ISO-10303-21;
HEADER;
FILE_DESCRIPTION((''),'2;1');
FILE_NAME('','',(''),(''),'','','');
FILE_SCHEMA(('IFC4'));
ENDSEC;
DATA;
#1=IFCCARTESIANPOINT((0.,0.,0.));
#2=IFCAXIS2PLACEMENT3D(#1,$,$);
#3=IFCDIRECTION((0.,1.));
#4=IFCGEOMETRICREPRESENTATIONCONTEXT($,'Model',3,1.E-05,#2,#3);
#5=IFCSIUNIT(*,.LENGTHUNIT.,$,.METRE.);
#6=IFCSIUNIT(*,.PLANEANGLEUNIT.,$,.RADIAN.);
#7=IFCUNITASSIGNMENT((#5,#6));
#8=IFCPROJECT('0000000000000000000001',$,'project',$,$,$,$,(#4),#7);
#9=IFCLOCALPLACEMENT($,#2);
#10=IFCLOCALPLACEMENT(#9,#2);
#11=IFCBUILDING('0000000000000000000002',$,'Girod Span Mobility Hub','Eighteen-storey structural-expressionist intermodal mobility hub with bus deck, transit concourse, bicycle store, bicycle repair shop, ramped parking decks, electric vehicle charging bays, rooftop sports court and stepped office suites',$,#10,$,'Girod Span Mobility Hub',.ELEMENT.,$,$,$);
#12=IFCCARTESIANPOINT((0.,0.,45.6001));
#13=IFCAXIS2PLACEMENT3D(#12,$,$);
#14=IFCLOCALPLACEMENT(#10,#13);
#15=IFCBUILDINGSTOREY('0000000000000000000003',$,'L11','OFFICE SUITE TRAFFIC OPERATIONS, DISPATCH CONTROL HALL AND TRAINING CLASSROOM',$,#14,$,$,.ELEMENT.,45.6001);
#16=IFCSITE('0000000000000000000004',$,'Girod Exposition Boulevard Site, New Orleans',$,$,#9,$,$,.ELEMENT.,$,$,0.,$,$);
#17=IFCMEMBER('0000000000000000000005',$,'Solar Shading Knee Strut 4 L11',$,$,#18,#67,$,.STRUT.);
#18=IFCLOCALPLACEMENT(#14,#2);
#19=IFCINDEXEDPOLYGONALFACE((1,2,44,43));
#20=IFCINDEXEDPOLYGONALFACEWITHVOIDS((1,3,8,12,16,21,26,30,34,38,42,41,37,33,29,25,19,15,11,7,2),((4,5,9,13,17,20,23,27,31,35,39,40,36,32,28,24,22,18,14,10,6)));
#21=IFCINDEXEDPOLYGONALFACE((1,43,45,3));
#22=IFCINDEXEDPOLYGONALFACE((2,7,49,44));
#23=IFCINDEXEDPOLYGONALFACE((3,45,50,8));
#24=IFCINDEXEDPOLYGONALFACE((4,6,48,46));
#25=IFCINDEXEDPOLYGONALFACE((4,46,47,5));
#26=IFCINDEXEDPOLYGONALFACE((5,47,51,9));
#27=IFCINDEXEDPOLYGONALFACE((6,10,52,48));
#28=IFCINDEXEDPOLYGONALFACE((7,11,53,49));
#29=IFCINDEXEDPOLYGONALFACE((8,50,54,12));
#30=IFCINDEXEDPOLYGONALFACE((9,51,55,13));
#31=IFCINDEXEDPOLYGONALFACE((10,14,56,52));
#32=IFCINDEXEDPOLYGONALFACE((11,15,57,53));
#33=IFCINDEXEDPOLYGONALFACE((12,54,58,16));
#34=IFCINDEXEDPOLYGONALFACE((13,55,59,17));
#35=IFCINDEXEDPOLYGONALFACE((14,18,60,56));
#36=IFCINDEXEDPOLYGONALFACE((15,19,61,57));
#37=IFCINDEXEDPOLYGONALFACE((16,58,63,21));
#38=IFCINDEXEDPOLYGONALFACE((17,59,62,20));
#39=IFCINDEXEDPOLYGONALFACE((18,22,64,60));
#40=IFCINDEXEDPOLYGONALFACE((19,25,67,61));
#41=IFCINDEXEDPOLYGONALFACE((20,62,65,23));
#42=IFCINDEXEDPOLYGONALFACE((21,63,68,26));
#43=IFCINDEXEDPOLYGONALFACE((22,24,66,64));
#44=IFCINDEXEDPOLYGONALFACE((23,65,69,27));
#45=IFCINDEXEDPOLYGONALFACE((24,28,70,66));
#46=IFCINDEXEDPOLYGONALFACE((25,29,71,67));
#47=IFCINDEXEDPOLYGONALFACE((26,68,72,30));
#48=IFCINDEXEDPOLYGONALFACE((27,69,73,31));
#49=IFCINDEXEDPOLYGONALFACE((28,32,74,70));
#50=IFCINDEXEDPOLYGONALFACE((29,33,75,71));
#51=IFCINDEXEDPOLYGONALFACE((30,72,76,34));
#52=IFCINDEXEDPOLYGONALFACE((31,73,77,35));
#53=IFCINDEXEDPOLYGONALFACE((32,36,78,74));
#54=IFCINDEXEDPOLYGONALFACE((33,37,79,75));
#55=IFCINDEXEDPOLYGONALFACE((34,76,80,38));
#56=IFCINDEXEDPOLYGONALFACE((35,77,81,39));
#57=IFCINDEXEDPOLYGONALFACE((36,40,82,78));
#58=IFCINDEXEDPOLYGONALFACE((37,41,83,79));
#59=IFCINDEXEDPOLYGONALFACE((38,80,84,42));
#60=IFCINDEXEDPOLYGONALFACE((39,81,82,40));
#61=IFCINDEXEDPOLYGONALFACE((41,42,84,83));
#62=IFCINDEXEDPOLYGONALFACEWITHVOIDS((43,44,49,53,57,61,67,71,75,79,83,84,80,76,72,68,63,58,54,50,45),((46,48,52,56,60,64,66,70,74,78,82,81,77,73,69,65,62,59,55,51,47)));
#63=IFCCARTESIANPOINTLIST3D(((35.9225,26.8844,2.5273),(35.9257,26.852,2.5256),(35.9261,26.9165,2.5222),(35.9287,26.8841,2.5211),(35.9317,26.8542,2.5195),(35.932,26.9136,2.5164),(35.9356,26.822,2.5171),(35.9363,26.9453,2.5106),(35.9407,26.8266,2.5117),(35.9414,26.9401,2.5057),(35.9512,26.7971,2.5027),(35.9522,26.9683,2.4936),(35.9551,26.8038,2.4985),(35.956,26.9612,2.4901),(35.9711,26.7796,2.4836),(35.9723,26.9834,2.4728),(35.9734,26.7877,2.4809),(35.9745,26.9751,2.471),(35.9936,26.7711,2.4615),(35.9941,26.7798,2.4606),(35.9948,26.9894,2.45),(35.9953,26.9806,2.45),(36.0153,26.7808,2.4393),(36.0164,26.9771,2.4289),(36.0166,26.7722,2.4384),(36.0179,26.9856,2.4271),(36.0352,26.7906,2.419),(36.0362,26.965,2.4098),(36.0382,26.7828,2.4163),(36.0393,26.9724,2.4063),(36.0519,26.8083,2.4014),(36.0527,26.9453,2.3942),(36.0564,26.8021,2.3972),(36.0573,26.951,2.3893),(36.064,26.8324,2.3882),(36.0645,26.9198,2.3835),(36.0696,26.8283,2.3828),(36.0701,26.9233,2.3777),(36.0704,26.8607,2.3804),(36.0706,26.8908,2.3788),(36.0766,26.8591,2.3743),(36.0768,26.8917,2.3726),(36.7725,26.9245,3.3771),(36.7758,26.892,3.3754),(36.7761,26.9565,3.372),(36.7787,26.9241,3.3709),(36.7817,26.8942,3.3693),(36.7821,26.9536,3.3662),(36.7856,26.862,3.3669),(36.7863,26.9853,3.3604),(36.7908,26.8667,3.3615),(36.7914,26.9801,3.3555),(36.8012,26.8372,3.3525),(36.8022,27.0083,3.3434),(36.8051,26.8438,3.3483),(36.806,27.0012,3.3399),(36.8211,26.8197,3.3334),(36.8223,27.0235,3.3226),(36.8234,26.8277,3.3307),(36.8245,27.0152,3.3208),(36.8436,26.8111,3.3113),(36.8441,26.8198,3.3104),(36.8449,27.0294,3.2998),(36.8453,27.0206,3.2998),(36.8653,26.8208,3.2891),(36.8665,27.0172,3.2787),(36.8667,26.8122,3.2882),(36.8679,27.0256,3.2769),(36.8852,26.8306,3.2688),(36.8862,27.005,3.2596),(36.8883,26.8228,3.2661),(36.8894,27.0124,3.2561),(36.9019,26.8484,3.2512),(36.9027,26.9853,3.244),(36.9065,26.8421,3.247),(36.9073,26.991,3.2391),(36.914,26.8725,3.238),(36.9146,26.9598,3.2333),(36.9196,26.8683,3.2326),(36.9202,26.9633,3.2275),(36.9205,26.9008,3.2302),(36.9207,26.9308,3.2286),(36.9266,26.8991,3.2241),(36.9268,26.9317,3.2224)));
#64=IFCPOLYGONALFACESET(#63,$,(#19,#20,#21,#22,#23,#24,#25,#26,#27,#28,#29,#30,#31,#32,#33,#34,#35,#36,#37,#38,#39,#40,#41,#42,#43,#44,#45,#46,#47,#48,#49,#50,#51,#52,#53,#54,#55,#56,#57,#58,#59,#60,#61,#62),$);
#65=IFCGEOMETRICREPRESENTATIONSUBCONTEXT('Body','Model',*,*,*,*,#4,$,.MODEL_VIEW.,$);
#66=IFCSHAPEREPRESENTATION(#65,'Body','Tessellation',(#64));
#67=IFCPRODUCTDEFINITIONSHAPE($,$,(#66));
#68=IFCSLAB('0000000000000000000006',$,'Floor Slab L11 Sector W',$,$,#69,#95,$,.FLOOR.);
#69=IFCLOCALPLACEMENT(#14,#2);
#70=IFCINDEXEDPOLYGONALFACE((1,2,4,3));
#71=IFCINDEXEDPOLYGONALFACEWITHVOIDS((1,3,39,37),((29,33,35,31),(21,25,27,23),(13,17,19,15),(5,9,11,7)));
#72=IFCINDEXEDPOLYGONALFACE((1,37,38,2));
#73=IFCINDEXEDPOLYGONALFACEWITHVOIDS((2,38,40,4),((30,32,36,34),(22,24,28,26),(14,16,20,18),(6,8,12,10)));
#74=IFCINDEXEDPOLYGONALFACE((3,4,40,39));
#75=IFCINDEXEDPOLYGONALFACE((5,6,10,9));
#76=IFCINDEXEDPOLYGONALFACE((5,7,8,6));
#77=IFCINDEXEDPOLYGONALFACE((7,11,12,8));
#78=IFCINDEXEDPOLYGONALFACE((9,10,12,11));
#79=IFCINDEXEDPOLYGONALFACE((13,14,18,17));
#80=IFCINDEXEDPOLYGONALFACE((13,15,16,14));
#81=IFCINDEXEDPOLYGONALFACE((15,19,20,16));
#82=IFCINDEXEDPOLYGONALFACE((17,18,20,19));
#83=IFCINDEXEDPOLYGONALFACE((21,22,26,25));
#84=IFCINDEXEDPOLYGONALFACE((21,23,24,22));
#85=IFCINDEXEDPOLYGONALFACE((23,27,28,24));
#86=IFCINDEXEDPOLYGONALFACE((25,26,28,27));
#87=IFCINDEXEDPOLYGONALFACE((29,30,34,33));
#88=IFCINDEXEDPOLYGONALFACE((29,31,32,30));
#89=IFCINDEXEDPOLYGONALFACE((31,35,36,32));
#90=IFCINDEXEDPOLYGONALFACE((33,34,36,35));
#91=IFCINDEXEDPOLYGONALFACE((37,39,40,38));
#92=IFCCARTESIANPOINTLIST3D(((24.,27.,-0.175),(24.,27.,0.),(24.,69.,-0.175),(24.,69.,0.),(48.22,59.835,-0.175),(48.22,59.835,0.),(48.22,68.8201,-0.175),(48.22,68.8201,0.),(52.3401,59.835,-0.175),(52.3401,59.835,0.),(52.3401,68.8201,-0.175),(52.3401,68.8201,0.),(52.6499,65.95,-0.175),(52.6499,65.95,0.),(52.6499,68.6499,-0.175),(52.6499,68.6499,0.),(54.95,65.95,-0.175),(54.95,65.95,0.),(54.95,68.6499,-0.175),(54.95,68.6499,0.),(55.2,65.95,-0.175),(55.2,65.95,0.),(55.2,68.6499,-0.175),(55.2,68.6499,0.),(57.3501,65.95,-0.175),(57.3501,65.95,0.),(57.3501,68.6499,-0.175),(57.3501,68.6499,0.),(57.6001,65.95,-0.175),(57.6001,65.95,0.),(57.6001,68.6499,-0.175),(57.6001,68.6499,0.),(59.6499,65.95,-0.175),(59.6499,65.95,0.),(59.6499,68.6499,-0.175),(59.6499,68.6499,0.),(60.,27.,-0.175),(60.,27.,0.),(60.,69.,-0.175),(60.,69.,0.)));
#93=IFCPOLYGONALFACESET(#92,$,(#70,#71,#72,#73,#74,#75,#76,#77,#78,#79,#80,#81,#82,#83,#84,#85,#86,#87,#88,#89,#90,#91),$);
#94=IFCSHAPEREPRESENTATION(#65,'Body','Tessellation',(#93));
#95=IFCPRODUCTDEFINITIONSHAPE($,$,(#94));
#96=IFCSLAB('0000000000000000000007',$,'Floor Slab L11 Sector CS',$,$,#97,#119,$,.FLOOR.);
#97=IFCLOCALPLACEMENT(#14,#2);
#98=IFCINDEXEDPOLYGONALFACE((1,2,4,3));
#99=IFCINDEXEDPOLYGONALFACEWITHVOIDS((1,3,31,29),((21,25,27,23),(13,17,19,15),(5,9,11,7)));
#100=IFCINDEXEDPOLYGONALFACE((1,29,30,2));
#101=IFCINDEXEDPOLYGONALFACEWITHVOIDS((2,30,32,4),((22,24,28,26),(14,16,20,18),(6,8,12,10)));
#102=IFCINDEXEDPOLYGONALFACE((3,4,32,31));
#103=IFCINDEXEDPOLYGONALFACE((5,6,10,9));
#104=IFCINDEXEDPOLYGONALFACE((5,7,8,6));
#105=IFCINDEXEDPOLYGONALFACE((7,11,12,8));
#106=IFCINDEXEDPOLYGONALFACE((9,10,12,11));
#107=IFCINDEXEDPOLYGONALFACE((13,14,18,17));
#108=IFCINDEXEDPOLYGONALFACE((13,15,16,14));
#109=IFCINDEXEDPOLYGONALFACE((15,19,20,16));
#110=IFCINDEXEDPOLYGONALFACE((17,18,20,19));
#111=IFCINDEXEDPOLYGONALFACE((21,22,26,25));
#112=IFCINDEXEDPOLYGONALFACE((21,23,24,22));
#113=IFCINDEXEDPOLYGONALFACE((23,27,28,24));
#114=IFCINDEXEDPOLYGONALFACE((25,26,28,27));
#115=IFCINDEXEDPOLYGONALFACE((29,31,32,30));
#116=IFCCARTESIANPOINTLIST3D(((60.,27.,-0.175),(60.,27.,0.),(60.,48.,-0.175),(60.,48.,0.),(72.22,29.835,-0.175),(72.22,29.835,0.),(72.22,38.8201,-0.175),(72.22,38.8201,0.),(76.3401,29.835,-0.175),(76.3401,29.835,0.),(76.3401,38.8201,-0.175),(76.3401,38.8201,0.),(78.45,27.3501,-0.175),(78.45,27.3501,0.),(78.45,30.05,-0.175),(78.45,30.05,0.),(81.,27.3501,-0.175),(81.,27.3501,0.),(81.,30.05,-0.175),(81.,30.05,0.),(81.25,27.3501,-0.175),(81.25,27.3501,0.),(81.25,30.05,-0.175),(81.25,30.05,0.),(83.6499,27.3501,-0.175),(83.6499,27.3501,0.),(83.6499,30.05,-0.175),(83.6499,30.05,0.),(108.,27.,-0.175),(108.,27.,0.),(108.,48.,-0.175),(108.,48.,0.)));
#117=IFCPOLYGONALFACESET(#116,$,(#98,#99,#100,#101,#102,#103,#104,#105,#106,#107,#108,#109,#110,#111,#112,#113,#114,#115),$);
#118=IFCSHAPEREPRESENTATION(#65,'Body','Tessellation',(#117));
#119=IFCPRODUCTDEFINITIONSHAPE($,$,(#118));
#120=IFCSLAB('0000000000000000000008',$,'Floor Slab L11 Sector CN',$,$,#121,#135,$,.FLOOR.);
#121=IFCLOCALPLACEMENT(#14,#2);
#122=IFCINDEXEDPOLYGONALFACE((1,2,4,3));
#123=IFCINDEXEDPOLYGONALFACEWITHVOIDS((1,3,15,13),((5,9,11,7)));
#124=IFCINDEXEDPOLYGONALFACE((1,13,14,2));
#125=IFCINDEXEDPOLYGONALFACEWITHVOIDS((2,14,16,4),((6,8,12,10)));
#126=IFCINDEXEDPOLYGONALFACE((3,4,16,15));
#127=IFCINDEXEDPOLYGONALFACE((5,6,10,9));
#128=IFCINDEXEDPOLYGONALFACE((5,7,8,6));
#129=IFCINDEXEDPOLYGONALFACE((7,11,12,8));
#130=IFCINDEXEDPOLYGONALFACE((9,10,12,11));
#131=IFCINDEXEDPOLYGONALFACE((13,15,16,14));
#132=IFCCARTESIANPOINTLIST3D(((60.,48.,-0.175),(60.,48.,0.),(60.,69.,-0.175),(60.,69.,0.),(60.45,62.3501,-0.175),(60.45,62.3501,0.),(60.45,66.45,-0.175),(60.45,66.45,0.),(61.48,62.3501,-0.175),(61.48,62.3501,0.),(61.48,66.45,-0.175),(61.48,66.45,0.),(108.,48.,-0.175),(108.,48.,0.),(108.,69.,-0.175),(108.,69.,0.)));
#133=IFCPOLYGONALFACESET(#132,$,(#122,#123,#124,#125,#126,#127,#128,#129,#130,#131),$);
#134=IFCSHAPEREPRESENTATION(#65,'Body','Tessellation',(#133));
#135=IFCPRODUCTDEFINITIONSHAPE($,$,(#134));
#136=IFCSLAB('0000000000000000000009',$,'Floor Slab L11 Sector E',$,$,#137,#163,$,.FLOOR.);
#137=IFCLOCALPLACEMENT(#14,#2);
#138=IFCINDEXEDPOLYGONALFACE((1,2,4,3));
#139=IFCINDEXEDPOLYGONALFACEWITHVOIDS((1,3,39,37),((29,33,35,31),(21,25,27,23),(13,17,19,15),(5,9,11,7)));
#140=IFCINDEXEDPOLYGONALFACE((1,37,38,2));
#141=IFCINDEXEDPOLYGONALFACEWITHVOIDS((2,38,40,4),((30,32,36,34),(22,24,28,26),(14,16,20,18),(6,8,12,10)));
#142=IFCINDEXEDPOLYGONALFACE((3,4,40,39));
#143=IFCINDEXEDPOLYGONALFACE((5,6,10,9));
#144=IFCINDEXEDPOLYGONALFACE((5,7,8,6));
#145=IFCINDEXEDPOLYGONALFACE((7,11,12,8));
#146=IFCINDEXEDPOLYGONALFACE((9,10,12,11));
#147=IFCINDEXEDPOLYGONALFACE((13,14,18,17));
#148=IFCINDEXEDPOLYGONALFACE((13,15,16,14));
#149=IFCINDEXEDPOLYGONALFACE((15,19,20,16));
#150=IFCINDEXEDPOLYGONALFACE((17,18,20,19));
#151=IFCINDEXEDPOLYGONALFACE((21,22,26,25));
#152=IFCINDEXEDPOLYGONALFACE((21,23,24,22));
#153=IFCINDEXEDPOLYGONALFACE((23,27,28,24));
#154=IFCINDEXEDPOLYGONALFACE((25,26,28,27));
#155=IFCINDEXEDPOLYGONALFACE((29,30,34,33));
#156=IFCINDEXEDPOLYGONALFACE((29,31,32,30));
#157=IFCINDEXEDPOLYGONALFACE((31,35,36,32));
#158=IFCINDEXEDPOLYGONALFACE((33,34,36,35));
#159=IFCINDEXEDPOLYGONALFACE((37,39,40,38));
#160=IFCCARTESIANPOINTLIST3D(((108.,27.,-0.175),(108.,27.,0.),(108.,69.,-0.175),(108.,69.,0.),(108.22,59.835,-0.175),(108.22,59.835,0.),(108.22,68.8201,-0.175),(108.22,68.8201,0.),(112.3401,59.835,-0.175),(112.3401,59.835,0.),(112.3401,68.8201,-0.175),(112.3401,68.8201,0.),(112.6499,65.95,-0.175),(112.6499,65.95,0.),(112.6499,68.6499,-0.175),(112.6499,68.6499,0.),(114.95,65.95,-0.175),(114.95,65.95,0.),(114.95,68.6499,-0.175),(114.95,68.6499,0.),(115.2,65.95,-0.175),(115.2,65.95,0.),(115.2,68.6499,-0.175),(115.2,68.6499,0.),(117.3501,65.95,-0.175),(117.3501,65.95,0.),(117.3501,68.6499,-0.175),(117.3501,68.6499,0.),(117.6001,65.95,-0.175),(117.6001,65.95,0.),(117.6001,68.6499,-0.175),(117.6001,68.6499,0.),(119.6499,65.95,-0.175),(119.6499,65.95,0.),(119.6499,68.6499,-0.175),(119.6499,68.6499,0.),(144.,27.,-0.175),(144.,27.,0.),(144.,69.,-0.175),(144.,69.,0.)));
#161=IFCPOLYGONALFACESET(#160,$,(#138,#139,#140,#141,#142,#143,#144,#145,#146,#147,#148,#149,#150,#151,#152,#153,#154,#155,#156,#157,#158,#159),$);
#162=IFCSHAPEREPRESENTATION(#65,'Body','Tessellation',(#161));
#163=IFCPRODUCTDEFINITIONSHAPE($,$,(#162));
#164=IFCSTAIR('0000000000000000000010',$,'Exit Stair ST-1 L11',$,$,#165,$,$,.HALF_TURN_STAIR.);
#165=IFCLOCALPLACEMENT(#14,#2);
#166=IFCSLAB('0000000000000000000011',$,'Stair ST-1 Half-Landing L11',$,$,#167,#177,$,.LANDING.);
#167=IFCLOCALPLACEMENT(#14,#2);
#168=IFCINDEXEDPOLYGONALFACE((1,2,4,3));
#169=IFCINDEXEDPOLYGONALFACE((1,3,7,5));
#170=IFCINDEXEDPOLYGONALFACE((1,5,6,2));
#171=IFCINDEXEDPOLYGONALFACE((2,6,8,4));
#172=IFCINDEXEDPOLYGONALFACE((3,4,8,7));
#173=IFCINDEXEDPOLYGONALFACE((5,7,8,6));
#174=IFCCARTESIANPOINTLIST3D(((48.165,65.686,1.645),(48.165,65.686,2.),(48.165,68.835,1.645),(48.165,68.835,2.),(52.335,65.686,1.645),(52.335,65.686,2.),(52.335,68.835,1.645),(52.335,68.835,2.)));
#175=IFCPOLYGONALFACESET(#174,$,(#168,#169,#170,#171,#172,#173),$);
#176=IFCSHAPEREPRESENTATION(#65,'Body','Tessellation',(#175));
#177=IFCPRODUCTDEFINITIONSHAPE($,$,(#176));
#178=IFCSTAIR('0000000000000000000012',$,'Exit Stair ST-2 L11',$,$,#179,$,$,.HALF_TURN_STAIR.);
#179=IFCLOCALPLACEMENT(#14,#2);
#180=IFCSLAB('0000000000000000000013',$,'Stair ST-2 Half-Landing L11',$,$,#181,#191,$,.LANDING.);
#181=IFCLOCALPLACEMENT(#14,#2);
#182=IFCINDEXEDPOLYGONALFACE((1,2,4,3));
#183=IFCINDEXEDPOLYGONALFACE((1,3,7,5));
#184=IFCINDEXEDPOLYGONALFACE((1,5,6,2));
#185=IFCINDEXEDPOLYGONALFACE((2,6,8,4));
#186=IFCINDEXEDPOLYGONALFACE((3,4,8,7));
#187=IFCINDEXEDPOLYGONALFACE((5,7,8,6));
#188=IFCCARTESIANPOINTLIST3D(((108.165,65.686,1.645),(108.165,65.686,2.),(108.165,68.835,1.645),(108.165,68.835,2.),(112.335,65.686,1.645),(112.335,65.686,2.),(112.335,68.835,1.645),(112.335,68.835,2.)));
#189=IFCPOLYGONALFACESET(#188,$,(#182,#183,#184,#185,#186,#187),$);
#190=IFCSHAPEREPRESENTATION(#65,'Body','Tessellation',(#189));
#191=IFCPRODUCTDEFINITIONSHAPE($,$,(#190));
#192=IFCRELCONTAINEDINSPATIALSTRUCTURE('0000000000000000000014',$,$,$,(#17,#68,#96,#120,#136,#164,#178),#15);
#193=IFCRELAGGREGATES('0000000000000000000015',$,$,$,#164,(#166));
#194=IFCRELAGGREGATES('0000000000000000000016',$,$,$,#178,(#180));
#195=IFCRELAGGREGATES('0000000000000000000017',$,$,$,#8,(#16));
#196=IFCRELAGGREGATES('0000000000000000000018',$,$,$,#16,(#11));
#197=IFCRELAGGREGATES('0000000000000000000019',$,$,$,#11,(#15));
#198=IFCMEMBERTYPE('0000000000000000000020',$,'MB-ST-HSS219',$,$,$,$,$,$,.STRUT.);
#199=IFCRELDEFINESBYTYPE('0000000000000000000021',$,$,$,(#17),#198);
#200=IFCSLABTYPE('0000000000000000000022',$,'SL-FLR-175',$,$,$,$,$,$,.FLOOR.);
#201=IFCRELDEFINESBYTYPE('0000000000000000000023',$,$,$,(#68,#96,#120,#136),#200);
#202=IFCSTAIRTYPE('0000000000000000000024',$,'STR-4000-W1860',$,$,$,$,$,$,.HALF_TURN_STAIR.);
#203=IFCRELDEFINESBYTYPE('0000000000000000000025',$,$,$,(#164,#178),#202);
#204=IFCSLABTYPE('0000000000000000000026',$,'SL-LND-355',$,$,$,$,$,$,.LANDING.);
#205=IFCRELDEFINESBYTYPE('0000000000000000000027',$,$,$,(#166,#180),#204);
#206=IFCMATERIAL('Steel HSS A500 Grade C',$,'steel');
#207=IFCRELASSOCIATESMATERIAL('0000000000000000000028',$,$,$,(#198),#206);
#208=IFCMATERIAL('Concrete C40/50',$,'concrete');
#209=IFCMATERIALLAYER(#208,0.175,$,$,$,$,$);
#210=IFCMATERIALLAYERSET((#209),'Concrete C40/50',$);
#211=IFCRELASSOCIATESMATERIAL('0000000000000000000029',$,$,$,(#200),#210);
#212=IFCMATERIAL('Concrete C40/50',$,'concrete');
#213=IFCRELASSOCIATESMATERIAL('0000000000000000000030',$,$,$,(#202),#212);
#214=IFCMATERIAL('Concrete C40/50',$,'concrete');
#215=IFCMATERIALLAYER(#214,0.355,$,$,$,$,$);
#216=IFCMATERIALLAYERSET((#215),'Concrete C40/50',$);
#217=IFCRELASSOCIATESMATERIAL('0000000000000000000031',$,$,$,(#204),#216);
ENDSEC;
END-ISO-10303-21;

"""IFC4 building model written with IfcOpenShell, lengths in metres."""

from ifc_helpers import new_model, si_unit, direction, frame, origin, origin_2d, place, context, subcontext, project, spatial, polyline, hollow_circle, outline, extrude, material, layer, layer_set, material_profile, profile_set, type_object, element, aggregate, save


model = new_model("IFC4")

# Units and contexts
model_context = context("Model", 3, precision=1e-05, world=origin(), true_north=direction((0.0, 1.0)))
body_context = subcontext(model_context, "Body", "Model", "MODEL_VIEW")
ifc_project = project(units=[si_unit("LENGTHUNIT", "METRE"), si_unit("PLANEANGLEUNIT", "RADIAN")], contexts=[model_context])

# Site, building, storey
site_placement = place(None, origin())
site = spatial("IfcSite", under=ifc_project, at=site_placement, Name="Girod Exposition Boulevard Site, New Orleans", CompositionType="ELEMENT", RefElevation=0.0)
building_placement = place(site_placement, origin())
building = spatial("IfcBuilding", under=site, at=building_placement, Name="Girod Span Mobility Hub", Description="Eighteen-storey structural-expressionist intermodal mobility hub with bus deck, transit concourse, bicycle store, bicycle repair shop, ramped parking decks, electric vehicle charging bays, rooftop sports court and stepped office suites", LongName="Girod Span Mobility Hub", CompositionType="ELEMENT")
storey_placement = place(building_placement, frame((0.0, 0.0, 45.6001)))
storey = spatial("IfcBuildingStorey", under=building, at=storey_placement, Name="L11", Description="OFFICE SUITE TRAFFIC OPERATIONS, DISPATCH CONTROL HALL AND TRAINING CLASSROOM", CompositionType="ELEMENT", Elevation=45.6001)

# Member
ifc_material_1 = material(Name="Steel HSS A500 Grade C", Category="steel")
ifc_material_profile_1 = material_profile(ifc_material_1, hollow_circle(Radius=0.1096, WallThickness=0.0088, at=origin_2d()), Name="HSS219X9.5")
ifc_profile_set_1 = profile_set([ifc_material_profile_1], Name="Steel HSS A500 Grade C")
member_type_1 = type_object("IfcMemberType", Name="MB-ST-HSS219", PredefinedType="STRUT", material=ifc_profile_set_1)
member_1_placement = place(storey_placement, frame((36.0, 26.8799, 2.45), z_axis=(0.706816, 0.033291, 0.706613), x_axis=(-0.047047, 0.998893, 0.0)))
element("IfcMember", 1, at=member_1_placement, inside=storey, type_object=member_type_1, Name="Solar Shading Knee Strut 4 L11", PredefinedType="STRUT", context=body_context, shape_type="SweptSolid", body=[
    extrude(hollow_circle(Radius=0.1096, WallThickness=0.0088, at=origin_2d()), origin(), (0.0, 0.0, 1.0), 1.2026),
])

# Slabs
ifc_material_2 = material(Name="Concrete C40/50", Category="concrete")
ifc_layer_1 = layer(ifc_material_2, 0.175)
ifc_layer_set_1 = layer_set([ifc_layer_1], Name="Concrete C40/50")
slab_type_1 = type_object("IfcSlabType", Name="SL-FLR-175", PredefinedType="FLOOR", material=ifc_layer_set_1)
slab_1_placement = place(storey_placement, frame((0.0, 0.0, -0.175)))
element("IfcSlab", 2, at=slab_1_placement, inside=storey, type_object=slab_type_1, Name="Floor Slab L11 Sector W", PredefinedType="FLOOR", context=body_context, shape_type="SweptSolid", body=[
    extrude(outline(polyline([(24.0, 69.0), (60.0, 69.0), (60.0, 27.0), (24.0, 27.0), (24.0, 69.0)]), holes=[polyline([(48.22, 68.8201), (48.22, 59.835), (52.3401, 59.835), (52.3401, 68.8201), (48.22, 68.8201)]), polyline([(52.6499, 65.95), (54.95, 65.95), (54.95, 68.6499), (52.6499, 68.6499), (52.6499, 65.95)]), polyline([(55.2, 68.6499), (55.2, 65.95), (57.3501, 65.95), (57.3501, 68.6499), (55.2, 68.6499)]), polyline([(57.6001, 68.6499), (57.6001, 65.95), (59.6499, 65.95), (59.6499, 68.6499), (57.6001, 68.6499)])]), origin(), (0.0, 0.0, 1.0), 0.175),
])
slab_2_placement = place(storey_placement, frame((0.0, 0.0, -0.175)))
element("IfcSlab", 3, at=slab_2_placement, inside=storey, type_object=slab_type_1, Name="Floor Slab L11 Sector CS", PredefinedType="FLOOR", context=body_context, shape_type="SweptSolid", body=[
    extrude(outline(polyline([(60.0, 27.0), (60.0, 48.0), (108.0, 48.0), (108.0, 27.0), (60.0, 27.0)]), holes=[polyline([(72.22, 29.835), (76.3401, 29.835), (76.3401, 38.8201), (72.22, 38.8201), (72.22, 29.835)]), polyline([(78.45, 27.3501), (81.0, 27.3501), (81.0, 30.05), (78.45, 30.05), (78.45, 27.3501)]), polyline([(81.25, 30.05), (81.25, 27.3501), (83.6499, 27.3501), (83.6499, 30.05), (81.25, 30.05)])]), origin(), (0.0, 0.0, 1.0), 0.175),
])
slab_3_placement = place(storey_placement, frame((0.0, 0.0, -0.175)))
element("IfcSlab", 4, at=slab_3_placement, inside=storey, type_object=slab_type_1, Name="Floor Slab L11 Sector CN", PredefinedType="FLOOR", context=body_context, shape_type="SweptSolid", body=[
    extrude(outline(polyline([(108.0, 69.0), (108.0, 48.0), (60.0, 48.0), (60.0, 69.0), (108.0, 69.0)]), holes=[polyline([(60.45, 66.45), (60.45, 62.3501), (61.48, 62.3501), (61.48, 66.45), (60.45, 66.45)])]), origin(), (0.0, 0.0, 1.0), 0.175),
])
slab_4_placement = place(storey_placement, frame((0.0, 0.0, -0.175)))
element("IfcSlab", 5, at=slab_4_placement, inside=storey, type_object=slab_type_1, Name="Floor Slab L11 Sector E", PredefinedType="FLOOR", context=body_context, shape_type="SweptSolid", body=[
    extrude(outline(polyline([(144.0, 69.0), (144.0, 27.0), (108.0, 27.0), (108.0, 69.0), (144.0, 69.0)]), holes=[polyline([(108.22, 68.8201), (108.22, 59.835), (112.3401, 59.835), (112.3401, 68.8201), (108.22, 68.8201)]), polyline([(112.6499, 65.95), (114.95, 65.95), (114.95, 68.6499), (112.6499, 68.6499), (112.6499, 65.95)]), polyline([(115.2, 68.6499), (115.2, 65.95), (117.3501, 65.95), (117.3501, 68.6499), (115.2, 68.6499)]), polyline([(117.6001, 68.6499), (117.6001, 65.95), (119.6499, 65.95), (119.6499, 68.6499), (117.6001, 68.6499)])]), origin(), (0.0, 0.0, 1.0), 0.175),
])

# Stairs, slabs
ifc_material_3 = material(Name="Concrete C40/50", Category="concrete")
stair_type = type_object("IfcStairType", Name="STR-4000-W1860", PredefinedType="HALF_TURN_STAIR", material=ifc_material_3)
stair_1_placement = place(storey_placement, origin())
stair_1 = element("IfcStair", 6, at=stair_1_placement, inside=storey, type_object=stair_type, Name="Exit Stair ST-1 L11", PredefinedType="HALF_TURN_STAIR")
ifc_material_4 = material(Name="Concrete C40/50", Category="concrete")
ifc_layer_2 = layer(ifc_material_4, 0.355)
ifc_layer_set_2 = layer_set([ifc_layer_2], Name="Concrete C40/50")
slab_type_2 = type_object("IfcSlabType", Name="SL-LND-355", PredefinedType="LANDING", material=ifc_layer_set_2)
slab_5_placement = place(storey_placement, frame((0.0, 0.0, 1.645)))
slab_5 = element("IfcSlab", 7, at=slab_5_placement, type_object=slab_type_2, Name="Stair ST-1 Half-Landing L11", PredefinedType="LANDING", context=body_context, shape_type="SweptSolid", body=[
    extrude(outline(polyline([(52.335, 65.686), (52.335, 68.835), (48.165, 68.835), (48.165, 65.686), (52.335, 65.686)])), origin(), (0.0, 0.0, 1.0), 0.355),
])
aggregate(stair_1, [slab_5])
stair_2_placement = place(storey_placement, origin())
stair_2 = element("IfcStair", 8, at=stair_2_placement, inside=storey, type_object=stair_type, Name="Exit Stair ST-2 L11", PredefinedType="HALF_TURN_STAIR")
slab_6_placement = place(storey_placement, frame((0.0, 0.0, 1.645)))
slab_6 = element("IfcSlab", 9, at=slab_6_placement, type_object=slab_type_2, Name="Stair ST-2 Half-Landing L11", PredefinedType="LANDING", context=body_context, shape_type="SweptSolid", body=[
    extrude(outline(polyline([(112.335, 65.686), (112.335, 68.835), (108.165, 68.835), (108.165, 65.686), (112.335, 65.686)])), origin(), (0.0, 0.0, 1.0), 0.355),
])
aggregate(stair_2, [slab_6])

save(model, "model.ifc")
